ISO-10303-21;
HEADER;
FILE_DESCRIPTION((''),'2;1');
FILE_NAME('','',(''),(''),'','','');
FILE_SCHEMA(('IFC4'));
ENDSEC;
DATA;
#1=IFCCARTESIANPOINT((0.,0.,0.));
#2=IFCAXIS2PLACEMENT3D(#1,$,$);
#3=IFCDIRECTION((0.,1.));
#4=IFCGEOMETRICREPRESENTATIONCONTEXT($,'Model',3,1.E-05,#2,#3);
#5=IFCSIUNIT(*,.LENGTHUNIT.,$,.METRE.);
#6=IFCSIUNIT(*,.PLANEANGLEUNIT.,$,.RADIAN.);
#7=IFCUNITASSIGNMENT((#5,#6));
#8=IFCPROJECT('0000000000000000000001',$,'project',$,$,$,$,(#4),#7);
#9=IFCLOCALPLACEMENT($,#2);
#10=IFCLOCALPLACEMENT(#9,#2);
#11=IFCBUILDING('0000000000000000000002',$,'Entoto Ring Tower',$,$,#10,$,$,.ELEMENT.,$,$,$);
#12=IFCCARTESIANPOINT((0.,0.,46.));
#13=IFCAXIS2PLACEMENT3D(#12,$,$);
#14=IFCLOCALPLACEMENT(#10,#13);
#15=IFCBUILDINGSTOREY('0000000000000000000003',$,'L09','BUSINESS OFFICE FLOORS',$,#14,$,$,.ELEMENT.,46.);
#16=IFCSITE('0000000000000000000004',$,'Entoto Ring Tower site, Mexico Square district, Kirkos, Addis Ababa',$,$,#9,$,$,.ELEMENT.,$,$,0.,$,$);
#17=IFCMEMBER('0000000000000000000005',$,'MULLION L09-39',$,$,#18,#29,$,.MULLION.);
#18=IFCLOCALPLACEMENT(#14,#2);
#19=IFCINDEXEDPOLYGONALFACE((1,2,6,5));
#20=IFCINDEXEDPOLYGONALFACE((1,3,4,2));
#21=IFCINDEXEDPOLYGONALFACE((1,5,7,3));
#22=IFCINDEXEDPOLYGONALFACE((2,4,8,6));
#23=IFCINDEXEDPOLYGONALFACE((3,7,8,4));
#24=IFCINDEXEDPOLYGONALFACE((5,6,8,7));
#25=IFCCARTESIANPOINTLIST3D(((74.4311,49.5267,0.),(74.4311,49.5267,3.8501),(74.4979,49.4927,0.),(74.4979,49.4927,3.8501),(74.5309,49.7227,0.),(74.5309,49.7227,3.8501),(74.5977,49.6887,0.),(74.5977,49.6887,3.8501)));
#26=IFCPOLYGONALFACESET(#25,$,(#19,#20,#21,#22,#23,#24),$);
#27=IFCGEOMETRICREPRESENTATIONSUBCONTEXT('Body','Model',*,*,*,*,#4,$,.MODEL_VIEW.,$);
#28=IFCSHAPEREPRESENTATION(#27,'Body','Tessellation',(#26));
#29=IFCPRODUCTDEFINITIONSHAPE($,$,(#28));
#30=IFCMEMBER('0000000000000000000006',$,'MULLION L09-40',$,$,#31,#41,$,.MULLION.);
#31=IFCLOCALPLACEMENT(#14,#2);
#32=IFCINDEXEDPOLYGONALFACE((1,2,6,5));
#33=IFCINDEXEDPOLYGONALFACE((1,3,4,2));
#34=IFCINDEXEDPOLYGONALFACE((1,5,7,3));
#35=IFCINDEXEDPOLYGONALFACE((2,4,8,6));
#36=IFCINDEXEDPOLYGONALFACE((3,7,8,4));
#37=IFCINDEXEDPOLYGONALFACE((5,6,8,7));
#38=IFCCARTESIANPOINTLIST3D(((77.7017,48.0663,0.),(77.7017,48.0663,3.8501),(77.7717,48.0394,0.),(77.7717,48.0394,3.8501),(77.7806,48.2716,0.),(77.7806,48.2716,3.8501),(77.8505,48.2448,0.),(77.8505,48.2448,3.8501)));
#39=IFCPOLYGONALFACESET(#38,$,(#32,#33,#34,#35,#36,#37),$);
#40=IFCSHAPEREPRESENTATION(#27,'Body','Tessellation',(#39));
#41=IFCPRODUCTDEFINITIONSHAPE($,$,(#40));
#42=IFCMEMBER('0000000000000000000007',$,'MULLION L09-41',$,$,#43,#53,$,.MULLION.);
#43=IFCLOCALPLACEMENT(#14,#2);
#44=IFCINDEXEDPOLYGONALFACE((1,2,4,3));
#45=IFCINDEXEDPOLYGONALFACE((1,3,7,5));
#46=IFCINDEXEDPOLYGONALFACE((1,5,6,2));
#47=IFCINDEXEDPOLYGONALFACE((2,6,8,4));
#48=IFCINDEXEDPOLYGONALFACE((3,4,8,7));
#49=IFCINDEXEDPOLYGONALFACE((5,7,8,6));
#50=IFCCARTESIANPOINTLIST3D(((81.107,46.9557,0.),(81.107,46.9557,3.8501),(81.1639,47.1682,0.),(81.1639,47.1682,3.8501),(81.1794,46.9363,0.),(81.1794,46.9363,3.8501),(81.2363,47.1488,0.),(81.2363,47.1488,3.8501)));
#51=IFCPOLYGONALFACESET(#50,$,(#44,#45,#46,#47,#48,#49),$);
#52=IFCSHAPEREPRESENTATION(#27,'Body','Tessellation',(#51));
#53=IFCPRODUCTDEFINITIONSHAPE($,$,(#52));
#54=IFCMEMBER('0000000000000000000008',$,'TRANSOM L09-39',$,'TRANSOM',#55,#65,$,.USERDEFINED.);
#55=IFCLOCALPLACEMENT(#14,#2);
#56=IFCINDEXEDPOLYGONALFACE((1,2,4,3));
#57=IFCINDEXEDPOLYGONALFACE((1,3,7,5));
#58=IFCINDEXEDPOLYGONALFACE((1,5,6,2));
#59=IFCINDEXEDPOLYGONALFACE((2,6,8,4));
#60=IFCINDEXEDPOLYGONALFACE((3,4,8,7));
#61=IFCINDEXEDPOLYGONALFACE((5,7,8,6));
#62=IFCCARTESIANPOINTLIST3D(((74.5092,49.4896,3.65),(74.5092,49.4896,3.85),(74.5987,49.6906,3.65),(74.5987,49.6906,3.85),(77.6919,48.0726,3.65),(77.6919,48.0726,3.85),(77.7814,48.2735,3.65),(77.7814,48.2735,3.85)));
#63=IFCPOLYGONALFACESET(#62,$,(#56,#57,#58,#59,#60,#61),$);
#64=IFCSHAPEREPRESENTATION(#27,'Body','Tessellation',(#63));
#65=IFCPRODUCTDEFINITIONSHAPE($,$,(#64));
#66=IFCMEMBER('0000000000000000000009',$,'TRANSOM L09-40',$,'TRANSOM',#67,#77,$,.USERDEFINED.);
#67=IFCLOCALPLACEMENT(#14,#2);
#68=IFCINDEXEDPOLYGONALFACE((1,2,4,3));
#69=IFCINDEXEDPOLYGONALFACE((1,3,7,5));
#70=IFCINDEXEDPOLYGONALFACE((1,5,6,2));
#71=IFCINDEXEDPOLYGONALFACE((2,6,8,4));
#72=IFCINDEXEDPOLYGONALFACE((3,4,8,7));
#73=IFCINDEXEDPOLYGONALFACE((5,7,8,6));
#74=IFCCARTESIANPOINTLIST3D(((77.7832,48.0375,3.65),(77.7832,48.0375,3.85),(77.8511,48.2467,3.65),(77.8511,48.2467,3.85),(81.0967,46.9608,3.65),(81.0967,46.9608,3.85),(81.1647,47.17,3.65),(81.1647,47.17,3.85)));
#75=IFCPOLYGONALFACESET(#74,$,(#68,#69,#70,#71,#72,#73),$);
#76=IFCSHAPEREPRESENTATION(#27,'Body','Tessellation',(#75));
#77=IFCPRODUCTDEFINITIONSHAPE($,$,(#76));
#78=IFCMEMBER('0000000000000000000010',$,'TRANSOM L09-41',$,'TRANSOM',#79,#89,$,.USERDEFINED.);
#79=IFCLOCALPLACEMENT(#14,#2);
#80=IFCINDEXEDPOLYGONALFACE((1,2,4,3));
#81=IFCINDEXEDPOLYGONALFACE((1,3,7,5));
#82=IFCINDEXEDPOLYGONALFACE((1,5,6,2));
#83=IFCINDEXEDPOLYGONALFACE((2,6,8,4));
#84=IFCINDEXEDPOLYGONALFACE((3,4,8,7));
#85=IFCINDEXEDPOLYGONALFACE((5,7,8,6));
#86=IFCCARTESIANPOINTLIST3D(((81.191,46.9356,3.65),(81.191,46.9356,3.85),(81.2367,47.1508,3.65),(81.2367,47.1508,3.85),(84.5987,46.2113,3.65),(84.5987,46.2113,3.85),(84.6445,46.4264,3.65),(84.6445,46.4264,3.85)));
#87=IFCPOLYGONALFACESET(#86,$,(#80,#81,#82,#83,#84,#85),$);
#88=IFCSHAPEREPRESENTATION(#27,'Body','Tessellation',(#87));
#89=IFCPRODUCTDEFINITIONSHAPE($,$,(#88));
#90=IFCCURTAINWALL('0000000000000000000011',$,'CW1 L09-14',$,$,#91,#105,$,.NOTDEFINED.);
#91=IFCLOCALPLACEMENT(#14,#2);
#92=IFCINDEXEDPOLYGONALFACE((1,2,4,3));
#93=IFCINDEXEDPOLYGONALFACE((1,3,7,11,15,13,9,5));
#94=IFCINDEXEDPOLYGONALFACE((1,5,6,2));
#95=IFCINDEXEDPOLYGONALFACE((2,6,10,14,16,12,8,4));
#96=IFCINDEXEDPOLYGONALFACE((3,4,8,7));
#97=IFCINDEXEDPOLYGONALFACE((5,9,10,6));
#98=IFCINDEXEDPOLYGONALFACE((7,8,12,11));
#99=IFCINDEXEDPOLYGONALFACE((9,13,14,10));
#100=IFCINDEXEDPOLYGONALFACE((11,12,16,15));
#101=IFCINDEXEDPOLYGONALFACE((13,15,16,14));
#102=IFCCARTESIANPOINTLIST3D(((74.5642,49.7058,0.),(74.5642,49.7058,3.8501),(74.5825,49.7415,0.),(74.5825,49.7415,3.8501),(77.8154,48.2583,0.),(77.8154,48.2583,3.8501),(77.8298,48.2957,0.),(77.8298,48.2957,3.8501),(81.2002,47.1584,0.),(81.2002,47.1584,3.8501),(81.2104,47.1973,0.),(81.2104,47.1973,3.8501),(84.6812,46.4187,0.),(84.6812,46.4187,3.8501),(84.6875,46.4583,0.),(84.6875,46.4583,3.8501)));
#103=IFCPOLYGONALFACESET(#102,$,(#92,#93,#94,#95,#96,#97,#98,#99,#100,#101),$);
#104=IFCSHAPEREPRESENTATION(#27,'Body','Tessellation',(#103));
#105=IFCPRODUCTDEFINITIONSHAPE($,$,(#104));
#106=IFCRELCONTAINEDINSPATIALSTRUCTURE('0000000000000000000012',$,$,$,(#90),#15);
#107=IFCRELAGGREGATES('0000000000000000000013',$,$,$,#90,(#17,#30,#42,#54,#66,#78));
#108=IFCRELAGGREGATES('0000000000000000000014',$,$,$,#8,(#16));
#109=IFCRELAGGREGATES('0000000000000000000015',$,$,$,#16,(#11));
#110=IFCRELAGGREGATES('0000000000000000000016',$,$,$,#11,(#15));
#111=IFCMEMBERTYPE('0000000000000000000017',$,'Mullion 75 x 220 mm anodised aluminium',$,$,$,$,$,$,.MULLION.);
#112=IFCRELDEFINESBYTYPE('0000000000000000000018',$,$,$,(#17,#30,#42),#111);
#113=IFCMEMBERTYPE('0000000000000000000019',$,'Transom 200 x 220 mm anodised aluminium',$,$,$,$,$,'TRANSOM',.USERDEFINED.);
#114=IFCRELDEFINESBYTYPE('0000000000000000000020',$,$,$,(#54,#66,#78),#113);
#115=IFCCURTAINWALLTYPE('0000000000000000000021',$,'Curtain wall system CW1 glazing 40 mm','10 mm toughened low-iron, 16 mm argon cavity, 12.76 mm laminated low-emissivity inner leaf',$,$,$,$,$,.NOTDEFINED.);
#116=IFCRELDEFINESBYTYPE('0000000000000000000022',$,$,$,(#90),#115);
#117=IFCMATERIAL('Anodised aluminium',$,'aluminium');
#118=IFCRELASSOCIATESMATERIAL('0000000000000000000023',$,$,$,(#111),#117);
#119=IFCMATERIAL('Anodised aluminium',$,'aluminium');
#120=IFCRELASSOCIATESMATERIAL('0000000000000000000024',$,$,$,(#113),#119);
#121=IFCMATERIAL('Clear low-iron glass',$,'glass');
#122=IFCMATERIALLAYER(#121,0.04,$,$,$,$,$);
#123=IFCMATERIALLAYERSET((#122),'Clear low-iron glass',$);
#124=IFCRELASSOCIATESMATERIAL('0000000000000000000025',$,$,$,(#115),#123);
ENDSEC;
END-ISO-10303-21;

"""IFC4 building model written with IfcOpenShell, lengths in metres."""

from ifc_helpers import new_model, si_unit, direction, frame, origin, origin_2d, place, context, subcontext, project, spatial, polyline, rectangle, outline, extrude, material, layer, layer_set, material_profile, profile_set, type_object, element, aggregate, save


model = new_model("IFC4")

# Units and contexts
model_context = context("Model", 3, precision=1e-05, world=origin(), true_north=direction((0.0, 1.0)))
body_context = subcontext(model_context, "Body", "Model", "MODEL_VIEW")
ifc_project = project(units=[si_unit("LENGTHUNIT", "METRE"), si_unit("PLANEANGLEUNIT", "RADIAN")], contexts=[model_context])

# Members
ifc_material_1 = material(Name="Anodised aluminium", Category="aluminium")
ifc_material_profile_1 = material_profile(ifc_material_1, rectangle(XDim=0.075, YDim=0.22, at=origin_2d()), Name="Mullion 75 x 220 mm anodised aluminium")
ifc_profile_set_1 = profile_set([ifc_material_profile_1], Name="Anodised aluminium")
member_type_1 = type_object("IfcMemberType", Name="Mullion 75 x 220 mm anodised aluminium", PredefinedType="MULLION", material=ifc_profile_set_1)
site_placement = place(None, origin())
building_placement = place(site_placement, origin())
storey_placement = place(building_placement, frame((0.0, 0.0, 46.0)))
member_1_placement = place(storey_placement, frame((74.5144, 49.6077, 0.0), z_axis=(0.0, 0.0, 1.0), x_axis=(0.891007, -0.45399, 0.0)))
member_1 = element("IfcMember", 1, at=member_1_placement, type_object=member_type_1, Name="MULLION L09-39", PredefinedType="MULLION", context=body_context, shape_type="SweptSolid", body=[
    extrude(rectangle(XDim=0.075, YDim=0.22, at=origin_2d()), origin(), (0.0, 0.0, 1.0), 3.8501),
])
member_2_placement = place(storey_placement, frame((77.7761, 48.1555, 0.0), z_axis=(0.0, 0.0, 1.0), x_axis=(0.93358, -0.358368, 0.0)))
member_2 = element("IfcMember", 2, at=member_2_placement, type_object=member_type_1, Name="MULLION L09-40", PredefinedType="MULLION", context=body_context, shape_type="SweptSolid", body=[
    extrude(rectangle(XDim=0.075, YDim=0.22, at=origin_2d()), origin(), (0.0, 0.0, 1.0), 3.8501),
])
member_3_placement = place(storey_placement, frame((81.1716, 47.0522, 0.0), z_axis=(0.0, 0.0, 1.0), x_axis=(0.965926, -0.258819, 0.0)))
member_3 = element("IfcMember", 3, at=member_3_placement, type_object=member_type_1, Name="MULLION L09-41", PredefinedType="MULLION", context=body_context, shape_type="SweptSolid", body=[
    extrude(rectangle(XDim=0.075, YDim=0.22, at=origin_2d()), origin(), (0.0, 0.0, 1.0), 3.8501),
])
ifc_material_2 = material(Name="Anodised aluminium", Category="aluminium")
ifc_material_profile_2 = material_profile(ifc_material_2, rectangle(XDim=0.22, YDim=0.2, at=origin_2d()), Name="Transom 200 x 220 mm anodised aluminium")
ifc_profile_set_2 = profile_set([ifc_material_profile_2], Name="Anodised aluminium")
member_type_2 = type_object("IfcMemberType", Name="Transom 200 x 220 mm anodised aluminium", ElementType="TRANSOM", PredefinedType="USERDEFINED", material=ifc_profile_set_2)
member_4_placement = place(storey_placement, frame((74.554, 49.5901, 3.75), z_axis=(0.913545, -0.406737, 0.0), x_axis=(0.406737, 0.913545, 0.0)))
member_4 = element("IfcMember", 4, at=member_4_placement, type_object=member_type_2, Name="TRANSOM L09-39", ObjectType="TRANSOM", PredefinedType="USERDEFINED", context=body_context, shape_type="SweptSolid", body=[
    extrude(rectangle(XDim=0.22, YDim=0.2, at=origin_2d()), origin(), (0.0, 0.0, 1.0), 3.4839),
])
member_5_placement = place(storey_placement, frame((77.8171, 48.1421, 3.75), z_axis=(0.951053, -0.309029, 0.0), x_axis=(0.309029, 0.951053, 0.0)))
member_5 = element("IfcMember", 5, at=member_5_placement, type_object=member_type_2, Name="TRANSOM L09-40", ObjectType="TRANSOM", PredefinedType="USERDEFINED", context=body_context, shape_type="SweptSolid", body=[
    extrude(rectangle(XDim=0.22, YDim=0.2, at=origin_2d()), origin(), (0.0, 0.0, 1.0), 3.4841),
])
member_6_placement = place(storey_placement, frame((81.2139, 47.0432, 3.75), z_axis=(0.978146, -0.207921, 0.0), x_axis=(0.207921, 0.978146, 0.0)))
member_6 = element("IfcMember", 6, at=member_6_placement, type_object=member_type_2, Name="TRANSOM L09-41", ObjectType="TRANSOM", PredefinedType="USERDEFINED", context=body_context, shape_type="SweptSolid", body=[
    extrude(rectangle(XDim=0.22, YDim=0.2, at=origin_2d()), origin(), (0.0, 0.0, 1.0), 3.4839),
])

# Site, building, storey
site = spatial("IfcSite", under=ifc_project, at=site_placement, Name="Entoto Ring Tower site, Mexico Square district, Kirkos, Addis Ababa", CompositionType="ELEMENT", RefElevation=0.0)
building = spatial("IfcBuilding", under=site, at=building_placement, Name="Entoto Ring Tower", CompositionType="ELEMENT")
storey = spatial("IfcBuildingStorey", under=building, at=storey_placement, Name="L09", Description="BUSINESS OFFICE FLOORS", CompositionType="ELEMENT", Elevation=46.0)

# Curtain wall
ifc_material_3 = material(Name="Clear low-iron glass", Category="glass")
ifc_layer = layer(ifc_material_3, 0.04)
ifc_layer_set = layer_set([ifc_layer], Name="Clear low-iron glass")
curtain_wall_type = type_object("IfcCurtainWallType", Name="Curtain wall system CW1 glazing 40 mm", Description="10 mm toughened low-iron, 16 mm argon cavity, 12.76 mm laminated low-emissivity inner leaf", PredefinedType="NOTDEFINED", material=ifc_layer_set)
curtain_wall_1_placement = place(storey_placement, origin())
curtain_wall_1 = element("IfcCurtainWall", 7, at=curtain_wall_1_placement, inside=storey, type_object=curtain_wall_type, Name="CW1 L09-14", PredefinedType="NOTDEFINED", context=body_context, shape_type="SweptSolid", body=[
    extrude(outline(polyline([(74.5642, 49.7058), (77.8154, 48.2583), (81.2002, 47.1584), (84.6812, 46.4187), (84.6875, 46.4583), (81.2104, 47.1973), (77.8298, 48.2957), (74.5825, 49.7415), (74.5642, 49.7058)])), origin(), (0.0, 0.0, 1.0), 3.8501),
])
aggregate(curtain_wall_1, [member_1, member_2, member_3, member_4, member_5, member_6])

save(model, "model.ifc")
